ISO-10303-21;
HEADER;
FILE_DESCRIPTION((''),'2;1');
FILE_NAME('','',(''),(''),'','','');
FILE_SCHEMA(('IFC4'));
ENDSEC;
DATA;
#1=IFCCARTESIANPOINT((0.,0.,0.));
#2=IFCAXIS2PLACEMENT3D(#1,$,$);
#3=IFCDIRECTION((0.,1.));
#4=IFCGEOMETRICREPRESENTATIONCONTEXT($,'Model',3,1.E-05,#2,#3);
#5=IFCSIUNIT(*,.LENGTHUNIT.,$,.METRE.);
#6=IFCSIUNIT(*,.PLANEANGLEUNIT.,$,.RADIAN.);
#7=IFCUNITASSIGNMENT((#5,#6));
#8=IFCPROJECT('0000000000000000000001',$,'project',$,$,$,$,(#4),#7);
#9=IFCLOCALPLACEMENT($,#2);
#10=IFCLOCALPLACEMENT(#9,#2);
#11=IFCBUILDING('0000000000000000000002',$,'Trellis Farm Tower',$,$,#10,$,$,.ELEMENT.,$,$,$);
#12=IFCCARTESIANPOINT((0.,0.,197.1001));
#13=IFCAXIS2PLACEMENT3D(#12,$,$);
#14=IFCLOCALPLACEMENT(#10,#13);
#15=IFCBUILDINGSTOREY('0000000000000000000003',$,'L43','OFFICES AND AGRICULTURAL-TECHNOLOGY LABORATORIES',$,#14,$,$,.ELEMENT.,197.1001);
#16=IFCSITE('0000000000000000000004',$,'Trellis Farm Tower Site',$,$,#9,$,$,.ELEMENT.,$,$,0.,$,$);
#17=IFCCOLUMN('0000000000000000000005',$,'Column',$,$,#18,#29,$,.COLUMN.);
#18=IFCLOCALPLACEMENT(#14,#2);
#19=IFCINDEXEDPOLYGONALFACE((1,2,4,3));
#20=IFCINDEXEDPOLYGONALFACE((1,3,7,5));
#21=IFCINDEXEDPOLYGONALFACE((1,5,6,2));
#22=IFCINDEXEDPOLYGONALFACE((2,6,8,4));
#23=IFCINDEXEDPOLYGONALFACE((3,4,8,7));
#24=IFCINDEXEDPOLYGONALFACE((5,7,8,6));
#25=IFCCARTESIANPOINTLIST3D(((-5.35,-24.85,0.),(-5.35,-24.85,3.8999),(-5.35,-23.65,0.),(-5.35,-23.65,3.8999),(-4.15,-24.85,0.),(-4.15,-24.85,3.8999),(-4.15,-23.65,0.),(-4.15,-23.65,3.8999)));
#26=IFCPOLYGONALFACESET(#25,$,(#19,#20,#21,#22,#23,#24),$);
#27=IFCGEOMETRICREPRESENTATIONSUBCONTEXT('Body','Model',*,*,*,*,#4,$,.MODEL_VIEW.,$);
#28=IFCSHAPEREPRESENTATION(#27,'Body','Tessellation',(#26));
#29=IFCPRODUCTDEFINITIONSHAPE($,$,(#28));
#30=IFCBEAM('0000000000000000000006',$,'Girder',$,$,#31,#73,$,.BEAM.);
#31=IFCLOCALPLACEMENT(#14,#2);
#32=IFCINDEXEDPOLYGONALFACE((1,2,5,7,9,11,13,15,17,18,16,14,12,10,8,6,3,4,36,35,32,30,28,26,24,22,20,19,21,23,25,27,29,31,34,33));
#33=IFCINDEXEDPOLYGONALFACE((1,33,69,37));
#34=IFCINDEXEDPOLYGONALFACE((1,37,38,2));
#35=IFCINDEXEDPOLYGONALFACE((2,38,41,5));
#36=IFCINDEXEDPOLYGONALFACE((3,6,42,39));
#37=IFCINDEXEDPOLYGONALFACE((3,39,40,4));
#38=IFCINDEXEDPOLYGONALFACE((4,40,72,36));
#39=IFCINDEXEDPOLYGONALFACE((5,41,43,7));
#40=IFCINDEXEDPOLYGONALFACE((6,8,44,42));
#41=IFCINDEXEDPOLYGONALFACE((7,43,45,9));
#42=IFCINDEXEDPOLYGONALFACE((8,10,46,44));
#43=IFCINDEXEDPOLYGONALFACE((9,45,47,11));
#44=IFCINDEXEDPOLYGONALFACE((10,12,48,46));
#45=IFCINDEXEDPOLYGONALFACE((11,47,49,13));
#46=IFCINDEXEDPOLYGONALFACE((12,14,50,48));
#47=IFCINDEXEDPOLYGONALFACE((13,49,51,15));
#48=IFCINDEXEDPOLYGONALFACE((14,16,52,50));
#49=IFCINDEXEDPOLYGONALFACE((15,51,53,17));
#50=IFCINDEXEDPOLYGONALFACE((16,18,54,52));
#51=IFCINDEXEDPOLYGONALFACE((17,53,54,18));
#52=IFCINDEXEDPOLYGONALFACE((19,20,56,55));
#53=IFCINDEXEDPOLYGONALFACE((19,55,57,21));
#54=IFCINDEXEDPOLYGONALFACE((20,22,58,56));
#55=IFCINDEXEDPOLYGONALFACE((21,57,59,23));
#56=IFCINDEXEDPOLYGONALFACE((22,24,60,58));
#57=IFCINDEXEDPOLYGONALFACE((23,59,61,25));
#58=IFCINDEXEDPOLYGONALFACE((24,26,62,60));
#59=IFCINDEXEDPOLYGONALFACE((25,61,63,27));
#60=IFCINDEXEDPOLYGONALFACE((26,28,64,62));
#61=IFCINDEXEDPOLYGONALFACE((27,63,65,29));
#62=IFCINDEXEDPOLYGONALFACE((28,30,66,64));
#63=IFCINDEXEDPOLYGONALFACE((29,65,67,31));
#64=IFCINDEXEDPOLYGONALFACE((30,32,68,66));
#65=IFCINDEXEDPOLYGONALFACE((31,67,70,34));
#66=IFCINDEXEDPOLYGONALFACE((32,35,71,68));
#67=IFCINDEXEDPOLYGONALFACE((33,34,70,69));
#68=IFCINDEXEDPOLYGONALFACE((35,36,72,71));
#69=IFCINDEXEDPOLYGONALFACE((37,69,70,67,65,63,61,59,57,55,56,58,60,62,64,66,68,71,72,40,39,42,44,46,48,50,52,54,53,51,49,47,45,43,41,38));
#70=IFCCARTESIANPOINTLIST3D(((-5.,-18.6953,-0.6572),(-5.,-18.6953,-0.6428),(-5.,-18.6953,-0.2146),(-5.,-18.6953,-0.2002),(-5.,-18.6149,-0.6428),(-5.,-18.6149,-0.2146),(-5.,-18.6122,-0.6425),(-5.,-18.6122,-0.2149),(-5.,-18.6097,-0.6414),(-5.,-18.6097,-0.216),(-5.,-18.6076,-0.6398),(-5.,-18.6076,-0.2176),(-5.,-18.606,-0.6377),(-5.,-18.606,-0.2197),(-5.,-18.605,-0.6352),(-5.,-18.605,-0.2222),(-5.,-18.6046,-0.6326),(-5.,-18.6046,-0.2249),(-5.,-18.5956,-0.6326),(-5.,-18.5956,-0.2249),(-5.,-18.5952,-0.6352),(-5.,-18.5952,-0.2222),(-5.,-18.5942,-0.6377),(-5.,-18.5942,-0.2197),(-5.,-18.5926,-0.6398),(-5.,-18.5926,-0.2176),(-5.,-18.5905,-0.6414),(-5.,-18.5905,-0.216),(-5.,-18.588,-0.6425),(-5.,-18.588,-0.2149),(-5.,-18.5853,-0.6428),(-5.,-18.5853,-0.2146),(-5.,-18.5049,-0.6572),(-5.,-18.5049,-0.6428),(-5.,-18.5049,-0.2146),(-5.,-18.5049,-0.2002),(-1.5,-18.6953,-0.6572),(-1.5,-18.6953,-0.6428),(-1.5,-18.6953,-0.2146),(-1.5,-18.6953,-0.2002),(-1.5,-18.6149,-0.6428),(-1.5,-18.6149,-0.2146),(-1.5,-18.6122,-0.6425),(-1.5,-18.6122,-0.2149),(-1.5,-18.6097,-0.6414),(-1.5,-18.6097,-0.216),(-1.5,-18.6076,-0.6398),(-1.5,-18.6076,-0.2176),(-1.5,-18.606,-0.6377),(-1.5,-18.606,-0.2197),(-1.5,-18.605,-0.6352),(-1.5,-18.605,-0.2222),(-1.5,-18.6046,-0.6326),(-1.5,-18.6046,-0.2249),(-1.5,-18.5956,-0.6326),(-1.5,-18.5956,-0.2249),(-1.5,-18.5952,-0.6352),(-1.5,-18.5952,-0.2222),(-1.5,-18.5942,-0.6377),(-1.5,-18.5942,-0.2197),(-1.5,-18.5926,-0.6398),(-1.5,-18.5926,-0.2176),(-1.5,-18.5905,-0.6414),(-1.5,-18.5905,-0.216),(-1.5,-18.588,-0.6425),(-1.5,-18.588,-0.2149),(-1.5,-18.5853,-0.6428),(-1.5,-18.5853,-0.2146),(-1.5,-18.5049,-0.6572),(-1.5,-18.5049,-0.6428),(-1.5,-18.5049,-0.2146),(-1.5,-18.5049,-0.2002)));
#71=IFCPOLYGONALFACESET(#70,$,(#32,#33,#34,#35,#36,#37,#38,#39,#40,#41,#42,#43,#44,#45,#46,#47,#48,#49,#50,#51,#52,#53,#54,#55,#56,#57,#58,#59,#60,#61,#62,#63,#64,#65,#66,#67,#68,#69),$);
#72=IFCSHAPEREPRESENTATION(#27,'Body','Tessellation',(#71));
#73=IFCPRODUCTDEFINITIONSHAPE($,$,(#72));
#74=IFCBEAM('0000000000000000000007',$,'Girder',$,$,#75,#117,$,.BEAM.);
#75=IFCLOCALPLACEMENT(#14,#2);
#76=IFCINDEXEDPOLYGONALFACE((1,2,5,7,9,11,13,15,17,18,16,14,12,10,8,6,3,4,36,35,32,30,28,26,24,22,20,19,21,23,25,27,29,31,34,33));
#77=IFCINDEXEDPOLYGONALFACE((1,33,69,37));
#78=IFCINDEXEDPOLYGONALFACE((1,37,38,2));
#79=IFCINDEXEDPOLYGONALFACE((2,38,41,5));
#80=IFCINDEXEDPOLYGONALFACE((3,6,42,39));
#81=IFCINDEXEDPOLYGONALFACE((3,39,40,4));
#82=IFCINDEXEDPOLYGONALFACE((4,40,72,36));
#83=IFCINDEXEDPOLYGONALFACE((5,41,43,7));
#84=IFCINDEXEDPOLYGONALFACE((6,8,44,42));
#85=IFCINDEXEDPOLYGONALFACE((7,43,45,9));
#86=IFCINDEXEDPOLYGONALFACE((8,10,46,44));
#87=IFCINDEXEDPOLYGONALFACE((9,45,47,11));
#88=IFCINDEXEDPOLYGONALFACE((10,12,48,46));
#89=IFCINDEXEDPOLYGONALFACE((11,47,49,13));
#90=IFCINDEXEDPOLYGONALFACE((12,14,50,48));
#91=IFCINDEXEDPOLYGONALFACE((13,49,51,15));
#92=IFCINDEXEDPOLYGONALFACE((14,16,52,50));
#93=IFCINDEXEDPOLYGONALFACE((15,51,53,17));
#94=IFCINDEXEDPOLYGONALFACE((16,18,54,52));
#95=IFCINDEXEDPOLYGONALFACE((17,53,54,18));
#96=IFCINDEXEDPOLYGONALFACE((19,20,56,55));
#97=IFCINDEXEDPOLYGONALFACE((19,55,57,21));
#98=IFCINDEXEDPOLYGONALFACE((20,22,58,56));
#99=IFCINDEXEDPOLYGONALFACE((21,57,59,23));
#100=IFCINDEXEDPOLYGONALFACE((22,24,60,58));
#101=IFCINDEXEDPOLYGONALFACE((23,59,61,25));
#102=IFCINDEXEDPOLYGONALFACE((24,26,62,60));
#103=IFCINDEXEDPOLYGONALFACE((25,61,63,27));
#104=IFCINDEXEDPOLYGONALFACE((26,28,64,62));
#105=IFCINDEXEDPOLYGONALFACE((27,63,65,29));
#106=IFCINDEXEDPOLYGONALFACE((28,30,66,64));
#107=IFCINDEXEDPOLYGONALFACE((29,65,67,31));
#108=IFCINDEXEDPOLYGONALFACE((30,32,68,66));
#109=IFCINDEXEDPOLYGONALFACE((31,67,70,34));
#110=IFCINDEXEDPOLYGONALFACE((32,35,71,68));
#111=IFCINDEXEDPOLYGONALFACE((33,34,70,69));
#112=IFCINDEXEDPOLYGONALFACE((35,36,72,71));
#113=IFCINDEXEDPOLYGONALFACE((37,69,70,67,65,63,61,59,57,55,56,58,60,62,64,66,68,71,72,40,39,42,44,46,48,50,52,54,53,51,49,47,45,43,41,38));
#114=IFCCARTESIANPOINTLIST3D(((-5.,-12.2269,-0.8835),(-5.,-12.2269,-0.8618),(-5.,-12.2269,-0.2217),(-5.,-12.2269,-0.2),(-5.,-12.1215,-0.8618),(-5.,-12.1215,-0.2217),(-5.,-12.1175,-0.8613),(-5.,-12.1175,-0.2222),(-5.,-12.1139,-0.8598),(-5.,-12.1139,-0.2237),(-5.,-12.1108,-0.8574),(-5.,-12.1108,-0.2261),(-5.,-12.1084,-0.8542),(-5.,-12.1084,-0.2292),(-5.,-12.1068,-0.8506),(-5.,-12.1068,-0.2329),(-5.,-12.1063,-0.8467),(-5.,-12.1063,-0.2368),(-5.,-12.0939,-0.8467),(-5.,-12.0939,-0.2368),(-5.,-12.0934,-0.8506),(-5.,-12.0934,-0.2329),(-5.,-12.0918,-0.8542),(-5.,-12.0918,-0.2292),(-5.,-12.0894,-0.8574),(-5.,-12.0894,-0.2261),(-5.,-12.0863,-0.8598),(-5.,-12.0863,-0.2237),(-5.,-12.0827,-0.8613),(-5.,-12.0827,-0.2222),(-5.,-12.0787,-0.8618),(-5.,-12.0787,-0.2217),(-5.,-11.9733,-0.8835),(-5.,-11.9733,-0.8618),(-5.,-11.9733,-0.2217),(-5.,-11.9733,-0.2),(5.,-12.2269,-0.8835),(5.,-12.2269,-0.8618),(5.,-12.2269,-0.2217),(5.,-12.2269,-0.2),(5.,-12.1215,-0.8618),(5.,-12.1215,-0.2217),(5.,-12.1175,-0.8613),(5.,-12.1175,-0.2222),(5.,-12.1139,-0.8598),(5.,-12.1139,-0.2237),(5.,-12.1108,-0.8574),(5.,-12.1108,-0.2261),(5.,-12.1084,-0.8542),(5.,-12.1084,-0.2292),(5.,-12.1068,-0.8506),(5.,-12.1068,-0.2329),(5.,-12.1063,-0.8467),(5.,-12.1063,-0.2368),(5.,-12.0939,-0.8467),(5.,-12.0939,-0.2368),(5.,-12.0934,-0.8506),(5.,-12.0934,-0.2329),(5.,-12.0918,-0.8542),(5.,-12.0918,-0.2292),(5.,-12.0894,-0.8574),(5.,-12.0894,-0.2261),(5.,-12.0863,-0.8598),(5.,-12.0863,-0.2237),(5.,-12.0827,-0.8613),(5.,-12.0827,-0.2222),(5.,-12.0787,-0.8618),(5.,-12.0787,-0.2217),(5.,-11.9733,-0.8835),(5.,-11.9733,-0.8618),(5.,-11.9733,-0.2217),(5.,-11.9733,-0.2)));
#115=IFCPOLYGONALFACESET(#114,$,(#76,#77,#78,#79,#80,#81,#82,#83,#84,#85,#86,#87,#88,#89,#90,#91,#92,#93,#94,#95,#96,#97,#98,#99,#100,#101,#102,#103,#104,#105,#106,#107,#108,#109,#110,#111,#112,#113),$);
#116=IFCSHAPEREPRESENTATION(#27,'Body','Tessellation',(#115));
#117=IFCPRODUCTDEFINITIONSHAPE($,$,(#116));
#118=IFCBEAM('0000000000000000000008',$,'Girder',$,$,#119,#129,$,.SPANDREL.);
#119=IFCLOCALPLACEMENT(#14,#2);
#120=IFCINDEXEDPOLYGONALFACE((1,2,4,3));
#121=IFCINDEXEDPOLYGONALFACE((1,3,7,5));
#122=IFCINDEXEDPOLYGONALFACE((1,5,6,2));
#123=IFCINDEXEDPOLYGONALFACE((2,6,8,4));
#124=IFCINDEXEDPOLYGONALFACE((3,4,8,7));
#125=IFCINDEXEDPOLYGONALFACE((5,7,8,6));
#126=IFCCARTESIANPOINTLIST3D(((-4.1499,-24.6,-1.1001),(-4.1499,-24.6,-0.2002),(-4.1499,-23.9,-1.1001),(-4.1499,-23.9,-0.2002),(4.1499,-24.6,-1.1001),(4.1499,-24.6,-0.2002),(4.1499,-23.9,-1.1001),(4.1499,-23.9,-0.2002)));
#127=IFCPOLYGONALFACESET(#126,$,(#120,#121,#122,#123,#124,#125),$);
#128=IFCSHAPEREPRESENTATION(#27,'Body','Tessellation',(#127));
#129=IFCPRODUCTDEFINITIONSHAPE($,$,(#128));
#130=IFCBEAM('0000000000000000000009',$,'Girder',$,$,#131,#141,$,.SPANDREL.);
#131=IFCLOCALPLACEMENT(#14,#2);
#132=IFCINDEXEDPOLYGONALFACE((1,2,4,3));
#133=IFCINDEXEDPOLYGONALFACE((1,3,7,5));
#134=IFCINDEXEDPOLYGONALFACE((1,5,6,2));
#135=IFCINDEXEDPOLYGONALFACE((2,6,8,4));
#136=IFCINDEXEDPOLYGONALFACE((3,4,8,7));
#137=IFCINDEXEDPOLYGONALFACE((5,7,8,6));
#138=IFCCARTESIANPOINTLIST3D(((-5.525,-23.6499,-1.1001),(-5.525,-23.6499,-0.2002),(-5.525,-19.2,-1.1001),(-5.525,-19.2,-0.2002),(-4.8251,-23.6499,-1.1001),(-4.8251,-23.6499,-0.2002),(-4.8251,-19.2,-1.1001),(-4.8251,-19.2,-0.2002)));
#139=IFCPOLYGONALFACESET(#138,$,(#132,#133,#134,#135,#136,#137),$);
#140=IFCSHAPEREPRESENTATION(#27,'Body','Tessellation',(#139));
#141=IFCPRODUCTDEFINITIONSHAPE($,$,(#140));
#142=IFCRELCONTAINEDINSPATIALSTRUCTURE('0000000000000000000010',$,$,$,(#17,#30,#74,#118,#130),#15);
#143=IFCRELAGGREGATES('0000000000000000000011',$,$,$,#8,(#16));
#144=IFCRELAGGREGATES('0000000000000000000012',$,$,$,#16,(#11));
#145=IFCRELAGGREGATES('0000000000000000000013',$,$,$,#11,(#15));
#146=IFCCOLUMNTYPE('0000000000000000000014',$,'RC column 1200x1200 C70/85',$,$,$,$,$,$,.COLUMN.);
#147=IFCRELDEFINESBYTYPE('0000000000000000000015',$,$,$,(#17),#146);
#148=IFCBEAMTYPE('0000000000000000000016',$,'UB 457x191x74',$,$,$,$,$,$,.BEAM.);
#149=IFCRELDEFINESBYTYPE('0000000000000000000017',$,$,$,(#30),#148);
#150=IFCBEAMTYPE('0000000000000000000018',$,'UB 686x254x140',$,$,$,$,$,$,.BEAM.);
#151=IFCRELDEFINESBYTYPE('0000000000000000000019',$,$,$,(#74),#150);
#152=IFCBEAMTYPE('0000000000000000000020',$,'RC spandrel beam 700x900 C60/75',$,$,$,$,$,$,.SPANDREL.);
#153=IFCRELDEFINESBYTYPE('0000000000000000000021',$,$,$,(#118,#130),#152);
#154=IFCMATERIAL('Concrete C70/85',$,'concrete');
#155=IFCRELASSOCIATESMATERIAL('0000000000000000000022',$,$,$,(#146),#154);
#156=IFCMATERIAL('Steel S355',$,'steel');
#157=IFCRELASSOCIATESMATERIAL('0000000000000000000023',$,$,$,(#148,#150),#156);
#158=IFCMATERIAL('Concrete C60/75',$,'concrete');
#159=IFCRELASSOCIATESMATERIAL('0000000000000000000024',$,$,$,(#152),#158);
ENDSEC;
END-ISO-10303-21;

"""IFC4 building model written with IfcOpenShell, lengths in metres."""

from ifc_helpers import new_model, si_unit, direction, frame, origin, origin_2d, place, context, subcontext, project, spatial, rectangle, i_section, extrude, source, transform, mapped, material, material_profile, profile_set, type_object, element, save


model = new_model("IFC4")

# Units and contexts
model_context = context("Model", 3, precision=1e-05, world=origin(), true_north=direction((0.0, 1.0)))
body_context = subcontext(model_context, "Body", "Model", "MODEL_VIEW")
ifc_project = project(units=[si_unit("LENGTHUNIT", "METRE"), si_unit("PLANEANGLEUNIT", "RADIAN")], contexts=[model_context])

# Site, building, storey
site_placement = place(None, origin())
site = spatial("IfcSite", under=ifc_project, at=site_placement, Name="Trellis Farm Tower Site", CompositionType="ELEMENT", RefElevation=0.0)
building_placement = place(site_placement, origin())
building = spatial("IfcBuilding", under=site, at=building_placement, Name="Trellis Farm Tower", CompositionType="ELEMENT")
storey_placement = place(building_placement, frame((0.0, 0.0, 197.1001)))
storey = spatial("IfcBuildingStorey", under=building, at=storey_placement, Name="L43", Description="OFFICES AND AGRICULTURAL-TECHNOLOGY LABORATORIES", CompositionType="ELEMENT", Elevation=197.1001)

# Column
ifc_material_1 = material(Name="Concrete C70/85", Category="concrete")
ifc_material_profile_1 = material_profile(ifc_material_1, rectangle(XDim=1.2, YDim=1.2, at=origin_2d()), Name="RC column 1200x1200 C70/85")
ifc_profile_set_1 = profile_set([ifc_material_profile_1], Name="Concrete C70/85")
column_type = type_object("IfcColumnType", Name="RC column 1200x1200 C70/85", PredefinedType="COLUMN", material=ifc_profile_set_1)
shared_shape_1 = source(origin(), body_context, "Body", "SweptSolid", [
    extrude(rectangle(XDim=1.2, YDim=1.2, at=origin_2d()), origin(), (0.0, 0.0, 1.0), 3.8999),
])
column_placement = place(storey_placement, frame((-4.75, -24.25, 0.0), z_axis=(0.0, 0.0, 1.0), x_axis=(1.0, 0.0, 0.0)))
element("IfcColumn", 1, at=column_placement, inside=storey, type_object=column_type, Name="Column", PredefinedType="COLUMN", context=body_context, shape_type="MappedRepresentation", body=[
    mapped(shared_shape_1, transform((0.0, 0.0, 0.0))),
])

# Beams
ifc_material_2 = material(Name="Steel S355", Category="steel")
ifc_material_profile_2 = material_profile(ifc_material_2, i_section(OverallWidth=0.1904, OverallDepth=0.457, WebThickness=0.009, FlangeThickness=0.0144, FilletRadius=0.0103, at=origin_2d()), Name="UB 457x191x74")
ifc_profile_set_2 = profile_set([ifc_material_profile_2], Name="Steel S355")
beam_type_1 = type_object("IfcBeamType", Name="UB 457x191x74", PredefinedType="BEAM", material=ifc_profile_set_2)
shared_shape_2 = source(origin(), body_context, "Body", "SweptSolid", [
    extrude(i_section(OverallWidth=0.1904, OverallDepth=0.457, WebThickness=0.009, FlangeThickness=0.0144, FilletRadius=0.0103, at=origin_2d()), origin(), (0.0, 0.0, 1.0), 3.5),
])
beam_1_placement = place(storey_placement, frame((-5.0, -18.6001, -0.4287), z_axis=(1.0, 0.0, 0.0), x_axis=(0.0, 1.0, 0.0)))
element("IfcBeam", 2, at=beam_1_placement, inside=storey, type_object=beam_type_1, Name="Girder", PredefinedType="BEAM", context=body_context, shape_type="MappedRepresentation", body=[
    mapped(shared_shape_2, transform((0.0, 0.0, 0.0))),
])
ifc_material_profile_3 = material_profile(ifc_material_2, i_section(OverallWidth=0.2537, OverallDepth=0.6836, WebThickness=0.0125, FlangeThickness=0.0217, FilletRadius=0.0151, at=origin_2d()), Name="UB 686x254x140")
ifc_profile_set_3 = profile_set([ifc_material_profile_3], Name="Steel S355")
beam_type_2 = type_object("IfcBeamType", Name="UB 686x254x140", PredefinedType="BEAM", material=ifc_profile_set_3)
shared_shape_3 = source(origin(), body_context, "Body", "SweptSolid", [
    extrude(i_section(OverallWidth=0.2537, OverallDepth=0.6836, WebThickness=0.0125, FlangeThickness=0.0217, FilletRadius=0.0151, at=origin_2d()), origin(), (0.0, 0.0, 1.0), 10.0),
])
beam_2_placement = place(storey_placement, frame((-5.0, -12.1001, -0.5417), z_axis=(1.0, 0.0, 0.0), x_axis=(0.0, 1.0, 0.0)))
element("IfcBeam", 3, at=beam_2_placement, inside=storey, type_object=beam_type_2, Name="Girder", PredefinedType="BEAM", context=body_context, shape_type="MappedRepresentation", body=[
    mapped(shared_shape_3, transform((0.0, 0.0, 0.0))),
])
ifc_material_3 = material(Name="Concrete C60/75", Category="concrete")
ifc_material_profile_4 = material_profile(ifc_material_3, rectangle(XDim=0.7, YDim=0.8999, at=origin_2d()), Name="RC spandrel beam 700x900 C60/75")
ifc_profile_set_4 = profile_set([ifc_material_profile_4], Name="Concrete C60/75")
beam_type_3 = type_object("IfcBeamType", Name="RC spandrel beam 700x900 C60/75", PredefinedType="SPANDREL", material=ifc_profile_set_4)
shared_shape_4 = source(origin(), body_context, "Body", "SweptSolid", [
    extrude(rectangle(XDim=0.7, YDim=0.8999, at=origin_2d()), origin(), (0.0, 0.0, 1.0), 8.2998),
])
beam_3_placement = place(storey_placement, frame((-4.1499, -24.25, -0.6501), z_axis=(1.0, 0.0, 0.0), x_axis=(0.0, 1.0, 0.0)))
element("IfcBeam", 4, at=beam_3_placement, inside=storey, type_object=beam_type_3, Name="Girder", PredefinedType="SPANDREL", context=body_context, shape_type="MappedRepresentation", body=[
    mapped(shared_shape_4, transform((0.0, 0.0, 0.0))),
])
shared_shape_5 = source(origin(), body_context, "Body", "SweptSolid", [
    extrude(rectangle(XDim=0.7, YDim=0.8999, at=origin_2d()), origin(), (0.0, 0.0, 1.0), 4.45),
])
beam_4_placement = place(storey_placement, frame((-5.175, -23.6499, -0.6501), z_axis=(0.0, 1.0, 0.0), x_axis=(-1.0, 0.0, 0.0)))
element("IfcBeam", 5, at=beam_4_placement, inside=storey, type_object=beam_type_3, Name="Girder", PredefinedType="SPANDREL", context=body_context, shape_type="MappedRepresentation", body=[
    mapped(shared_shape_5, transform((0.0, 0.0, 0.0))),
])

save(model, "model.ifc")
